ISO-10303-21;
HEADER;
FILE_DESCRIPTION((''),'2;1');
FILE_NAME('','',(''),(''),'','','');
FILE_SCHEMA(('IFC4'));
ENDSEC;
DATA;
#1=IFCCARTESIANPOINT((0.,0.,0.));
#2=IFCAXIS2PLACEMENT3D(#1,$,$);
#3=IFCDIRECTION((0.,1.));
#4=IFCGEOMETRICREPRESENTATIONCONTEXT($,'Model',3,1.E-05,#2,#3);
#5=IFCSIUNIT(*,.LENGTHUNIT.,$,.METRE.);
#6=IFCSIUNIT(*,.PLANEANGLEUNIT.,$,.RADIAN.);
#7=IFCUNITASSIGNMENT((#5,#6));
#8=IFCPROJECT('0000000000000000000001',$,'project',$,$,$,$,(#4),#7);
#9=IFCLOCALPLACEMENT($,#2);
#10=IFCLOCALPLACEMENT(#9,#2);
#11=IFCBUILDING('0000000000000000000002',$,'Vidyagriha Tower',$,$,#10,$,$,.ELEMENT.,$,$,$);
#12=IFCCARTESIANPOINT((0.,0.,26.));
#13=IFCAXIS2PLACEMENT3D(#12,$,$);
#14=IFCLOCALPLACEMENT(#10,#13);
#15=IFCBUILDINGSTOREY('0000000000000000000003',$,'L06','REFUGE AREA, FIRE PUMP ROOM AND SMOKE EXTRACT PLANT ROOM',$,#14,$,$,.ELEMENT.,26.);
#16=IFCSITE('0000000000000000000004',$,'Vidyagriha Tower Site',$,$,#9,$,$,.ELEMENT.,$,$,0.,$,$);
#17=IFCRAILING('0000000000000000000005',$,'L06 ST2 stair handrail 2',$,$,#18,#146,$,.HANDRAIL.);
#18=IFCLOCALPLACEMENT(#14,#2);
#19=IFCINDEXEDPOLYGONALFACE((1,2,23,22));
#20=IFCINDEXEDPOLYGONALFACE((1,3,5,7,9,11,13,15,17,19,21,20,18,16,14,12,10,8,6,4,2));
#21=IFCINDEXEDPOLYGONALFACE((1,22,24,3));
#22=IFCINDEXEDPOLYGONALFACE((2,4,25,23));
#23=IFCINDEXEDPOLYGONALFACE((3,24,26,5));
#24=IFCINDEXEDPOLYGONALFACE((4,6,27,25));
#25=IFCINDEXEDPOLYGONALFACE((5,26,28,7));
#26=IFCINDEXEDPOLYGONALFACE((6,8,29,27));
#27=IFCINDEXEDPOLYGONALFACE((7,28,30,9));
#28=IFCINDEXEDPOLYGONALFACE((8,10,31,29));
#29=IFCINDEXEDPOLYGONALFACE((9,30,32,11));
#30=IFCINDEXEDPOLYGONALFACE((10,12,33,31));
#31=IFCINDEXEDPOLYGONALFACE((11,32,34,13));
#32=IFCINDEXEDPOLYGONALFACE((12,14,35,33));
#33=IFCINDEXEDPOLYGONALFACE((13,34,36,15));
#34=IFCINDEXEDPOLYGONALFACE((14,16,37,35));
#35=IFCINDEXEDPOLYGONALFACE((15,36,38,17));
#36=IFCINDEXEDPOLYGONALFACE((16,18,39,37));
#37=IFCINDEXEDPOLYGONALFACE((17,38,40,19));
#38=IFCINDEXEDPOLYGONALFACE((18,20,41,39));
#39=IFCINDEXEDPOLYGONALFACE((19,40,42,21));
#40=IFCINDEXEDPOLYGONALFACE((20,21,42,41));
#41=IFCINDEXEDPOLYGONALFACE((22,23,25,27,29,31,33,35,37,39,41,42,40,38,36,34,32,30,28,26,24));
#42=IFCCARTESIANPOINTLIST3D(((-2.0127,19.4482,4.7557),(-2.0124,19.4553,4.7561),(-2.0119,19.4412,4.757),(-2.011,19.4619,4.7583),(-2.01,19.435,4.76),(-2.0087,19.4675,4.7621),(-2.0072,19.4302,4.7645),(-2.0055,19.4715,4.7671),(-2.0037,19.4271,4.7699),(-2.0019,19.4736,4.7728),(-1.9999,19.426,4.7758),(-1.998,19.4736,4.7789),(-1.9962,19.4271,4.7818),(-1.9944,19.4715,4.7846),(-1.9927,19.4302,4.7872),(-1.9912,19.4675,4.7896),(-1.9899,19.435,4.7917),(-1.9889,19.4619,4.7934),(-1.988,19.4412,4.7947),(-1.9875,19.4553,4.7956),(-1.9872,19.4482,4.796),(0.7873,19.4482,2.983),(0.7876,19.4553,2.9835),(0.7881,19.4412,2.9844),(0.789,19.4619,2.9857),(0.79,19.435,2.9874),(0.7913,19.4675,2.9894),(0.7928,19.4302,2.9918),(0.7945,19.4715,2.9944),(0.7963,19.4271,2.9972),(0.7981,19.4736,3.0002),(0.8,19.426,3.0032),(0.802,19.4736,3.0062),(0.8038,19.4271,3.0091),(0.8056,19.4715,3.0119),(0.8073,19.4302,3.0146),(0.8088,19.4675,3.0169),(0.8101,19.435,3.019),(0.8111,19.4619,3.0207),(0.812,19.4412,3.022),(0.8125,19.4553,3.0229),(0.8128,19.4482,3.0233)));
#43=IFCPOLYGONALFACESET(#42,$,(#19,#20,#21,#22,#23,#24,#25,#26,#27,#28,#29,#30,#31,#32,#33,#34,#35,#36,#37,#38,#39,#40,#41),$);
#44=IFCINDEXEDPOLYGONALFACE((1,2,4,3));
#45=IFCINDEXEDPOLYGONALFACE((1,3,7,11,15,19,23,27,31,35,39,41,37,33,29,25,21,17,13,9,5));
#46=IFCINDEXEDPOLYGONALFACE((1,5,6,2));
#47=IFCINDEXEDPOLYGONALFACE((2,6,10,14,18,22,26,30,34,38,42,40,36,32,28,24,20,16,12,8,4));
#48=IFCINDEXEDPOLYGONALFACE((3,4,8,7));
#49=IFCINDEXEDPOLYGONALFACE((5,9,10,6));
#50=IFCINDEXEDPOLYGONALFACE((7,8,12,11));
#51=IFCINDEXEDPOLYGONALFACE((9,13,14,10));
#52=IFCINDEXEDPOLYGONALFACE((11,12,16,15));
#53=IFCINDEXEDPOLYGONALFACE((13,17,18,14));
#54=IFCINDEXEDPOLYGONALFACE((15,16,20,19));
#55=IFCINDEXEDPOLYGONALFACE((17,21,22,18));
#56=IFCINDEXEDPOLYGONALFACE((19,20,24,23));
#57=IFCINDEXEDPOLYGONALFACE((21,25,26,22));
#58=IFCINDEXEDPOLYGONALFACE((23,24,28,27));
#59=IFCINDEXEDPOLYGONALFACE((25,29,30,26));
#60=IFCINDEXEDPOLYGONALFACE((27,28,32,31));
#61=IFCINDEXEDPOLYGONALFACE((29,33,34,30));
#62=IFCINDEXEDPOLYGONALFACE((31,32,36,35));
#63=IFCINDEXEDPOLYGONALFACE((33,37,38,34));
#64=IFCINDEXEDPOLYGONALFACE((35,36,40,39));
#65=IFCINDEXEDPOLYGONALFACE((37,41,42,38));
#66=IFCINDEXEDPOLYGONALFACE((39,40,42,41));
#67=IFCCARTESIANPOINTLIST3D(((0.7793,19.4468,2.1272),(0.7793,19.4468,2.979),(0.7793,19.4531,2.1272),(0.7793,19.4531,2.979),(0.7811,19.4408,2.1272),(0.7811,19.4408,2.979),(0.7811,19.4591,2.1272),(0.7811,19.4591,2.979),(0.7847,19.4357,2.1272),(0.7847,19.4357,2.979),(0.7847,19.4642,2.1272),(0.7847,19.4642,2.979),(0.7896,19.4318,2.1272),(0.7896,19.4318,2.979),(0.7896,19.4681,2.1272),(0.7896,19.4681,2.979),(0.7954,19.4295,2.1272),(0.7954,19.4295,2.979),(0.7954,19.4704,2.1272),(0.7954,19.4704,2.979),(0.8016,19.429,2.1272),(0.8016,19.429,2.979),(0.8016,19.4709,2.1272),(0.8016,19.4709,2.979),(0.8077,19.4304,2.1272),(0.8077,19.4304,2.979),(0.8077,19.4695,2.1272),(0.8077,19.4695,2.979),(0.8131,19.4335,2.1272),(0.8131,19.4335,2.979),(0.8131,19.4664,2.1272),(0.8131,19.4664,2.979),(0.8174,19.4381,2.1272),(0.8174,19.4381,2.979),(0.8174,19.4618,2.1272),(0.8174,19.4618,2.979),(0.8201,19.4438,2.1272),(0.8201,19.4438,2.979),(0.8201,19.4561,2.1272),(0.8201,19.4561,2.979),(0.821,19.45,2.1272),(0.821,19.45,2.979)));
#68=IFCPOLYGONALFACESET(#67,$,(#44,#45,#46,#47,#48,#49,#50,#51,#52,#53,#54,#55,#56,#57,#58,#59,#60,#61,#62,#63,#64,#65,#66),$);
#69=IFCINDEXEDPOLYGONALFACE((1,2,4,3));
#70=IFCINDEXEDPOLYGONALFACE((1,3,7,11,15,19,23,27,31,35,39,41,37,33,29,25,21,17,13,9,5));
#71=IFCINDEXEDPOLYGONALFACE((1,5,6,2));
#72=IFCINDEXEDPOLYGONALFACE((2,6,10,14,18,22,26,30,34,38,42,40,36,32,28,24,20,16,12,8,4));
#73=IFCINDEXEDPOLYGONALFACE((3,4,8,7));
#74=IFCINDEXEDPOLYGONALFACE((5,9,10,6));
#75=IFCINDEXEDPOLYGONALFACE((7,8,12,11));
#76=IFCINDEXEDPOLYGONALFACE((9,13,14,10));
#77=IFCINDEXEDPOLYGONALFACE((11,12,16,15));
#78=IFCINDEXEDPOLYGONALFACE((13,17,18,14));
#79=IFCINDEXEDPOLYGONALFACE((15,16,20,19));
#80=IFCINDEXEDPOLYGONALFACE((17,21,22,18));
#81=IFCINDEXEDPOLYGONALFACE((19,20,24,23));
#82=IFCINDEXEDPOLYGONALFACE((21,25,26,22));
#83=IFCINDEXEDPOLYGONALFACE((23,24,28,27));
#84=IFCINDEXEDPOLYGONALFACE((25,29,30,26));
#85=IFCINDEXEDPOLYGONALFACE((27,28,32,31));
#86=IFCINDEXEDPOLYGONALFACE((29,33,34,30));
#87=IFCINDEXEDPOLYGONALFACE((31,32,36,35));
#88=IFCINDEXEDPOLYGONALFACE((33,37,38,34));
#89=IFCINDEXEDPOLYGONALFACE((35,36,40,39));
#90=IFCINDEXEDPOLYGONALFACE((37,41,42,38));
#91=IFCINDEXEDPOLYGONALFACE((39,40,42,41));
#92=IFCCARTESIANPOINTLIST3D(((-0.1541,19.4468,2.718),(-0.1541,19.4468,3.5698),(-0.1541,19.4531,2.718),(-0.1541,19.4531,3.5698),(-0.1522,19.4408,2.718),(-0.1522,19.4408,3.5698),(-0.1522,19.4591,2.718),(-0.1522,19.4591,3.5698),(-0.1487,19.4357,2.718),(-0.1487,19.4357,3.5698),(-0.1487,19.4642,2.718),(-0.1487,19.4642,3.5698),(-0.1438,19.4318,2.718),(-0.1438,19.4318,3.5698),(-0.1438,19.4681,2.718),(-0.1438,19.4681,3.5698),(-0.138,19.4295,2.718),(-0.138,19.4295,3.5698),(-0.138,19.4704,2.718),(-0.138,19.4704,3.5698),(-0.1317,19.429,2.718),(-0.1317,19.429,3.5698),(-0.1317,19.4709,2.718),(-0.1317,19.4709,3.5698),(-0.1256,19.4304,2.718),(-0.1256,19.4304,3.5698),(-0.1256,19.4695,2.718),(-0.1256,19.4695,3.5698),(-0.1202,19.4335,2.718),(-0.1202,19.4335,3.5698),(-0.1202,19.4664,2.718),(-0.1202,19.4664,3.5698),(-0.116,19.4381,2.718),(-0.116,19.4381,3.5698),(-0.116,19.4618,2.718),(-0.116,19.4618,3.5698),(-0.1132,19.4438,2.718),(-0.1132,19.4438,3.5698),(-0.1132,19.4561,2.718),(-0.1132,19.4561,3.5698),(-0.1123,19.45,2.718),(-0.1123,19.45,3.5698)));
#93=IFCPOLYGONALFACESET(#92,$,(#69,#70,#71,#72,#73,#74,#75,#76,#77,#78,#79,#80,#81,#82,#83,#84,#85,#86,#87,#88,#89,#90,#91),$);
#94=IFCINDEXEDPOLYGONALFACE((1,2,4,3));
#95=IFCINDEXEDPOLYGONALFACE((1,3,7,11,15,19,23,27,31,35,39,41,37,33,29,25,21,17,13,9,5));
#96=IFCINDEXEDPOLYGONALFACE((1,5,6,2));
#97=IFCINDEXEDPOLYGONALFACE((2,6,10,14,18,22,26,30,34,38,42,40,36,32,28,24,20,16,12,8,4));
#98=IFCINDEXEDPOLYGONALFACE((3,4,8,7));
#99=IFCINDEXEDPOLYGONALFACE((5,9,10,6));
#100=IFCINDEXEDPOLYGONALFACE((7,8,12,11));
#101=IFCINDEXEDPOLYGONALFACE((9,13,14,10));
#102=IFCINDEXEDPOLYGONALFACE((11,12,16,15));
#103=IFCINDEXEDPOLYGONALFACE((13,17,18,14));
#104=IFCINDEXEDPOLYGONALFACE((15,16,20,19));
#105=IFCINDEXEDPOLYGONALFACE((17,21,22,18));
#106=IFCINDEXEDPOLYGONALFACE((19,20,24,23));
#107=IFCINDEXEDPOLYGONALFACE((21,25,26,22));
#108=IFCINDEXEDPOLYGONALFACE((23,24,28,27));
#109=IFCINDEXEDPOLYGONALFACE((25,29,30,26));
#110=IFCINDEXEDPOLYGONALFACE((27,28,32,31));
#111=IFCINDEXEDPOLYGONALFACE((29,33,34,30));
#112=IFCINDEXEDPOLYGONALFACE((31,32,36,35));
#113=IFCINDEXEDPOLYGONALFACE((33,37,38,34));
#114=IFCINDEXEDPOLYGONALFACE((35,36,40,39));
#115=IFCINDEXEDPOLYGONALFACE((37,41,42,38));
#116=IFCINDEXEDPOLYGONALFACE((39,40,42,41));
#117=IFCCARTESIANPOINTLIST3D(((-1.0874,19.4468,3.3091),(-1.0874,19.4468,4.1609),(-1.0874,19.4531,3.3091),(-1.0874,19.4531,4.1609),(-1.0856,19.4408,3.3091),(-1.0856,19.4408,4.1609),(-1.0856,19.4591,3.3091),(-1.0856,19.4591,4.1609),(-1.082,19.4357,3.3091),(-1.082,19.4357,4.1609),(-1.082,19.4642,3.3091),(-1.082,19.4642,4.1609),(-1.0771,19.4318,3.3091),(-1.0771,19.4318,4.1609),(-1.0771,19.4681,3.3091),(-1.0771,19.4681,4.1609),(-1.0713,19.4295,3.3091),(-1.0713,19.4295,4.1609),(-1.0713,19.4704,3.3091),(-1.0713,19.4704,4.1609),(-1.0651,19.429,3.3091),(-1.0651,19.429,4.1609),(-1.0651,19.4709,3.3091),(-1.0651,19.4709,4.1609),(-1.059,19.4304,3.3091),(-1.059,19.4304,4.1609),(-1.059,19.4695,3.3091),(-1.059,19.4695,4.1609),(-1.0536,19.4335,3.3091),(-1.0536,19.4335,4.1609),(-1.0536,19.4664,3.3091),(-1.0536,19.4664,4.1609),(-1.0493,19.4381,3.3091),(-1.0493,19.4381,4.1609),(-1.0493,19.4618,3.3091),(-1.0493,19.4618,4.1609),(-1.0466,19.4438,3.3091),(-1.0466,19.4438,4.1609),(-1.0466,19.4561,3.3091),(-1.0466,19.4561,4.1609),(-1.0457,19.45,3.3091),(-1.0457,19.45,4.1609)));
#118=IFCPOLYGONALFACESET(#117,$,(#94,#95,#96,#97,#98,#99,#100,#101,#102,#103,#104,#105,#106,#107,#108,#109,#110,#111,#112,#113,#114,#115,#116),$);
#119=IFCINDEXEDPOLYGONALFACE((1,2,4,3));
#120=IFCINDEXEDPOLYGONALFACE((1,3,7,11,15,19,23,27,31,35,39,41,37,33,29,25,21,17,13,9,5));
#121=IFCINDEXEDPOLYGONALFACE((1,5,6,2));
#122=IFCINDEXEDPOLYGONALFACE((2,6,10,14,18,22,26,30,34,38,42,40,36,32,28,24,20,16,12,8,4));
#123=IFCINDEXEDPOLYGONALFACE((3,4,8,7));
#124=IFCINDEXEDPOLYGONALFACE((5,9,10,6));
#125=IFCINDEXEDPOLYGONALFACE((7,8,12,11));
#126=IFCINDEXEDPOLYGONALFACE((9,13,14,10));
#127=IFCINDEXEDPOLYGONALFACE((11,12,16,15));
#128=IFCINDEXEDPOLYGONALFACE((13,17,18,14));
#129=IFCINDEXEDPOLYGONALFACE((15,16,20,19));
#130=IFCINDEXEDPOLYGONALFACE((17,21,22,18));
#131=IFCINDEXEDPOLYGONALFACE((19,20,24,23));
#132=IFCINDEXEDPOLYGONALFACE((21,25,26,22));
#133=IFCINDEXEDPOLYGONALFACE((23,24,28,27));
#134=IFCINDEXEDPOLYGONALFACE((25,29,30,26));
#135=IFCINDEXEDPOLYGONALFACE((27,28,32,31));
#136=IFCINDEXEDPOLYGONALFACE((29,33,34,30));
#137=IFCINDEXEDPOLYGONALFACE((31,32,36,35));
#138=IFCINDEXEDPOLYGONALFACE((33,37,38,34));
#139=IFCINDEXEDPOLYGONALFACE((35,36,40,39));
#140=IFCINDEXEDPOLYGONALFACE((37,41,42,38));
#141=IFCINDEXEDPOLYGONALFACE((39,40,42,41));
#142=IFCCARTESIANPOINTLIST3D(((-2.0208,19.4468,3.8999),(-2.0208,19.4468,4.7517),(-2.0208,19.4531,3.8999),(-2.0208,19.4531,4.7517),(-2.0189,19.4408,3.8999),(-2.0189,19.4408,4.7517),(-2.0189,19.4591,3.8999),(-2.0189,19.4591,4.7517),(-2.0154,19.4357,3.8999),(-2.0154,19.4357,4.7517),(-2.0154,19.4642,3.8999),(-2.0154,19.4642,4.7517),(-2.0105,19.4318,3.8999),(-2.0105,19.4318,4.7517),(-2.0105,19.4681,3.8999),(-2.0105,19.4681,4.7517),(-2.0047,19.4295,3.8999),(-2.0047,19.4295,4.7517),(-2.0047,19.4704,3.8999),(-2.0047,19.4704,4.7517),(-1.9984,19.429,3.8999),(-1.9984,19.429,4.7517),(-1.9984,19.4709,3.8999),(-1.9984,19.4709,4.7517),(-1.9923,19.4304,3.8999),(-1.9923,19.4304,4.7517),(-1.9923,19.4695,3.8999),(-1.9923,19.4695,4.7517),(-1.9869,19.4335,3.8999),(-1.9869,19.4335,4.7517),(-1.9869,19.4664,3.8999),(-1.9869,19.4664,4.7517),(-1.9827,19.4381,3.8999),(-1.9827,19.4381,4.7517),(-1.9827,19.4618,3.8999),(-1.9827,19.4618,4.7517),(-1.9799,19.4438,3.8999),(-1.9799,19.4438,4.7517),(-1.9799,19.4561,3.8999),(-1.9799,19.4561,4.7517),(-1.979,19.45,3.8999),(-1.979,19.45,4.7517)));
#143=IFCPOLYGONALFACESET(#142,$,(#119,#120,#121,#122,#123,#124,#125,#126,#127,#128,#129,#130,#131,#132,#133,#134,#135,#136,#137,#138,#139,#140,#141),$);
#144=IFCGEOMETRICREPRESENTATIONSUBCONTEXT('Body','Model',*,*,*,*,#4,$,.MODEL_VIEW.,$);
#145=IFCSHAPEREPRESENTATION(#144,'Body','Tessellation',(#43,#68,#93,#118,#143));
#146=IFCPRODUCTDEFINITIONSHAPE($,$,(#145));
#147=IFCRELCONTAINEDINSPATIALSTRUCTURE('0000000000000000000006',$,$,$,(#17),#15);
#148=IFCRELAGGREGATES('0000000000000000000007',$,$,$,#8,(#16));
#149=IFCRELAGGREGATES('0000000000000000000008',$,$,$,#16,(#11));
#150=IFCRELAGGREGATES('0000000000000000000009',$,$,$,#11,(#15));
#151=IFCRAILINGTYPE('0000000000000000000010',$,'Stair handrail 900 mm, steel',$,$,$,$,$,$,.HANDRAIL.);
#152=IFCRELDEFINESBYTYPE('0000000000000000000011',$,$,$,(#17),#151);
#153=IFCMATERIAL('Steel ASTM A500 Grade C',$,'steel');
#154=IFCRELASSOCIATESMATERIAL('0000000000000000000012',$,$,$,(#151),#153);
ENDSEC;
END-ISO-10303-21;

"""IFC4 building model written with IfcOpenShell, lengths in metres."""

from ifc_helpers import new_model, si_unit, direction, frame, origin, origin_2d, place, context, subcontext, project, spatial, circle, extrude, material, type_object, element, save


model = new_model("IFC4")

# Units and contexts
model_context = context("Model", 3, precision=1e-05, world=origin(), true_north=direction((0.0, 1.0)))
body_context = subcontext(model_context, "Body", "Model", "MODEL_VIEW")
ifc_project = project(units=[si_unit("LENGTHUNIT", "METRE"), si_unit("PLANEANGLEUNIT", "RADIAN")], contexts=[model_context])

# Site, building, storey
site_placement = place(None, origin())
site = spatial("IfcSite", under=ifc_project, at=site_placement, Name="Vidyagriha Tower Site", CompositionType="ELEMENT", RefElevation=0.0)
building_placement = place(site_placement, origin())
building = spatial("IfcBuilding", under=site, at=building_placement, Name="Vidyagriha Tower", CompositionType="ELEMENT")
storey_placement = place(building_placement, frame((0.0, 0.0, 26.0)))
storey = spatial("IfcBuildingStorey", under=building, at=storey_placement, Name="L06", Description="REFUGE AREA, FIRE PUMP ROOM AND SMOKE EXTRACT PLANT ROOM", CompositionType="ELEMENT", Elevation=26.0)

# Railing
ifc_material_1 = material(Name="Steel ASTM A500 Grade C", Category="steel")
railing_type_1 = type_object("IfcRailingType", Name="Stair handrail 900 mm, steel", PredefinedType="HANDRAIL", material=ifc_material_1)
railing_1_placement = place(storey_placement, frame((0.8, 19.45, 2.1272)))
element("IfcRailing", 1, at=railing_1_placement, inside=storey, type_object=railing_type_1, Name="L06 ST2 stair handrail 2", PredefinedType="HANDRAIL", context=body_context, shape_type="SweptSolid", body=[
    extrude(circle(Radius=0.0239, at=origin_2d()), frame((0.0, 0.0, 0.876), z_axis=(-0.844909, 0.0, 0.53491), x_axis=(0.0, -1.0, 0.0)), (0.0, 0.0, 1.0), 3.314),
    extrude(circle(Radius=0.021, at=origin_2d()), origin(), (0.0, 0.0, 1.0), 0.8518),
    extrude(circle(Radius=0.021, at=origin_2d()), frame((-0.9333, 0.0, 0.5908)), (0.0, 0.0, 1.0), 0.8518),
    extrude(circle(Radius=0.021, at=origin_2d()), frame((-1.8667, 0.0, 1.1819)), (0.0, 0.0, 1.0), 0.8518),
    extrude(circle(Radius=0.021, at=origin_2d()), frame((-2.8, 0.0, 1.7727)), (0.0, 0.0, 1.0), 0.8518),
])

save(model, "model.ifc")
